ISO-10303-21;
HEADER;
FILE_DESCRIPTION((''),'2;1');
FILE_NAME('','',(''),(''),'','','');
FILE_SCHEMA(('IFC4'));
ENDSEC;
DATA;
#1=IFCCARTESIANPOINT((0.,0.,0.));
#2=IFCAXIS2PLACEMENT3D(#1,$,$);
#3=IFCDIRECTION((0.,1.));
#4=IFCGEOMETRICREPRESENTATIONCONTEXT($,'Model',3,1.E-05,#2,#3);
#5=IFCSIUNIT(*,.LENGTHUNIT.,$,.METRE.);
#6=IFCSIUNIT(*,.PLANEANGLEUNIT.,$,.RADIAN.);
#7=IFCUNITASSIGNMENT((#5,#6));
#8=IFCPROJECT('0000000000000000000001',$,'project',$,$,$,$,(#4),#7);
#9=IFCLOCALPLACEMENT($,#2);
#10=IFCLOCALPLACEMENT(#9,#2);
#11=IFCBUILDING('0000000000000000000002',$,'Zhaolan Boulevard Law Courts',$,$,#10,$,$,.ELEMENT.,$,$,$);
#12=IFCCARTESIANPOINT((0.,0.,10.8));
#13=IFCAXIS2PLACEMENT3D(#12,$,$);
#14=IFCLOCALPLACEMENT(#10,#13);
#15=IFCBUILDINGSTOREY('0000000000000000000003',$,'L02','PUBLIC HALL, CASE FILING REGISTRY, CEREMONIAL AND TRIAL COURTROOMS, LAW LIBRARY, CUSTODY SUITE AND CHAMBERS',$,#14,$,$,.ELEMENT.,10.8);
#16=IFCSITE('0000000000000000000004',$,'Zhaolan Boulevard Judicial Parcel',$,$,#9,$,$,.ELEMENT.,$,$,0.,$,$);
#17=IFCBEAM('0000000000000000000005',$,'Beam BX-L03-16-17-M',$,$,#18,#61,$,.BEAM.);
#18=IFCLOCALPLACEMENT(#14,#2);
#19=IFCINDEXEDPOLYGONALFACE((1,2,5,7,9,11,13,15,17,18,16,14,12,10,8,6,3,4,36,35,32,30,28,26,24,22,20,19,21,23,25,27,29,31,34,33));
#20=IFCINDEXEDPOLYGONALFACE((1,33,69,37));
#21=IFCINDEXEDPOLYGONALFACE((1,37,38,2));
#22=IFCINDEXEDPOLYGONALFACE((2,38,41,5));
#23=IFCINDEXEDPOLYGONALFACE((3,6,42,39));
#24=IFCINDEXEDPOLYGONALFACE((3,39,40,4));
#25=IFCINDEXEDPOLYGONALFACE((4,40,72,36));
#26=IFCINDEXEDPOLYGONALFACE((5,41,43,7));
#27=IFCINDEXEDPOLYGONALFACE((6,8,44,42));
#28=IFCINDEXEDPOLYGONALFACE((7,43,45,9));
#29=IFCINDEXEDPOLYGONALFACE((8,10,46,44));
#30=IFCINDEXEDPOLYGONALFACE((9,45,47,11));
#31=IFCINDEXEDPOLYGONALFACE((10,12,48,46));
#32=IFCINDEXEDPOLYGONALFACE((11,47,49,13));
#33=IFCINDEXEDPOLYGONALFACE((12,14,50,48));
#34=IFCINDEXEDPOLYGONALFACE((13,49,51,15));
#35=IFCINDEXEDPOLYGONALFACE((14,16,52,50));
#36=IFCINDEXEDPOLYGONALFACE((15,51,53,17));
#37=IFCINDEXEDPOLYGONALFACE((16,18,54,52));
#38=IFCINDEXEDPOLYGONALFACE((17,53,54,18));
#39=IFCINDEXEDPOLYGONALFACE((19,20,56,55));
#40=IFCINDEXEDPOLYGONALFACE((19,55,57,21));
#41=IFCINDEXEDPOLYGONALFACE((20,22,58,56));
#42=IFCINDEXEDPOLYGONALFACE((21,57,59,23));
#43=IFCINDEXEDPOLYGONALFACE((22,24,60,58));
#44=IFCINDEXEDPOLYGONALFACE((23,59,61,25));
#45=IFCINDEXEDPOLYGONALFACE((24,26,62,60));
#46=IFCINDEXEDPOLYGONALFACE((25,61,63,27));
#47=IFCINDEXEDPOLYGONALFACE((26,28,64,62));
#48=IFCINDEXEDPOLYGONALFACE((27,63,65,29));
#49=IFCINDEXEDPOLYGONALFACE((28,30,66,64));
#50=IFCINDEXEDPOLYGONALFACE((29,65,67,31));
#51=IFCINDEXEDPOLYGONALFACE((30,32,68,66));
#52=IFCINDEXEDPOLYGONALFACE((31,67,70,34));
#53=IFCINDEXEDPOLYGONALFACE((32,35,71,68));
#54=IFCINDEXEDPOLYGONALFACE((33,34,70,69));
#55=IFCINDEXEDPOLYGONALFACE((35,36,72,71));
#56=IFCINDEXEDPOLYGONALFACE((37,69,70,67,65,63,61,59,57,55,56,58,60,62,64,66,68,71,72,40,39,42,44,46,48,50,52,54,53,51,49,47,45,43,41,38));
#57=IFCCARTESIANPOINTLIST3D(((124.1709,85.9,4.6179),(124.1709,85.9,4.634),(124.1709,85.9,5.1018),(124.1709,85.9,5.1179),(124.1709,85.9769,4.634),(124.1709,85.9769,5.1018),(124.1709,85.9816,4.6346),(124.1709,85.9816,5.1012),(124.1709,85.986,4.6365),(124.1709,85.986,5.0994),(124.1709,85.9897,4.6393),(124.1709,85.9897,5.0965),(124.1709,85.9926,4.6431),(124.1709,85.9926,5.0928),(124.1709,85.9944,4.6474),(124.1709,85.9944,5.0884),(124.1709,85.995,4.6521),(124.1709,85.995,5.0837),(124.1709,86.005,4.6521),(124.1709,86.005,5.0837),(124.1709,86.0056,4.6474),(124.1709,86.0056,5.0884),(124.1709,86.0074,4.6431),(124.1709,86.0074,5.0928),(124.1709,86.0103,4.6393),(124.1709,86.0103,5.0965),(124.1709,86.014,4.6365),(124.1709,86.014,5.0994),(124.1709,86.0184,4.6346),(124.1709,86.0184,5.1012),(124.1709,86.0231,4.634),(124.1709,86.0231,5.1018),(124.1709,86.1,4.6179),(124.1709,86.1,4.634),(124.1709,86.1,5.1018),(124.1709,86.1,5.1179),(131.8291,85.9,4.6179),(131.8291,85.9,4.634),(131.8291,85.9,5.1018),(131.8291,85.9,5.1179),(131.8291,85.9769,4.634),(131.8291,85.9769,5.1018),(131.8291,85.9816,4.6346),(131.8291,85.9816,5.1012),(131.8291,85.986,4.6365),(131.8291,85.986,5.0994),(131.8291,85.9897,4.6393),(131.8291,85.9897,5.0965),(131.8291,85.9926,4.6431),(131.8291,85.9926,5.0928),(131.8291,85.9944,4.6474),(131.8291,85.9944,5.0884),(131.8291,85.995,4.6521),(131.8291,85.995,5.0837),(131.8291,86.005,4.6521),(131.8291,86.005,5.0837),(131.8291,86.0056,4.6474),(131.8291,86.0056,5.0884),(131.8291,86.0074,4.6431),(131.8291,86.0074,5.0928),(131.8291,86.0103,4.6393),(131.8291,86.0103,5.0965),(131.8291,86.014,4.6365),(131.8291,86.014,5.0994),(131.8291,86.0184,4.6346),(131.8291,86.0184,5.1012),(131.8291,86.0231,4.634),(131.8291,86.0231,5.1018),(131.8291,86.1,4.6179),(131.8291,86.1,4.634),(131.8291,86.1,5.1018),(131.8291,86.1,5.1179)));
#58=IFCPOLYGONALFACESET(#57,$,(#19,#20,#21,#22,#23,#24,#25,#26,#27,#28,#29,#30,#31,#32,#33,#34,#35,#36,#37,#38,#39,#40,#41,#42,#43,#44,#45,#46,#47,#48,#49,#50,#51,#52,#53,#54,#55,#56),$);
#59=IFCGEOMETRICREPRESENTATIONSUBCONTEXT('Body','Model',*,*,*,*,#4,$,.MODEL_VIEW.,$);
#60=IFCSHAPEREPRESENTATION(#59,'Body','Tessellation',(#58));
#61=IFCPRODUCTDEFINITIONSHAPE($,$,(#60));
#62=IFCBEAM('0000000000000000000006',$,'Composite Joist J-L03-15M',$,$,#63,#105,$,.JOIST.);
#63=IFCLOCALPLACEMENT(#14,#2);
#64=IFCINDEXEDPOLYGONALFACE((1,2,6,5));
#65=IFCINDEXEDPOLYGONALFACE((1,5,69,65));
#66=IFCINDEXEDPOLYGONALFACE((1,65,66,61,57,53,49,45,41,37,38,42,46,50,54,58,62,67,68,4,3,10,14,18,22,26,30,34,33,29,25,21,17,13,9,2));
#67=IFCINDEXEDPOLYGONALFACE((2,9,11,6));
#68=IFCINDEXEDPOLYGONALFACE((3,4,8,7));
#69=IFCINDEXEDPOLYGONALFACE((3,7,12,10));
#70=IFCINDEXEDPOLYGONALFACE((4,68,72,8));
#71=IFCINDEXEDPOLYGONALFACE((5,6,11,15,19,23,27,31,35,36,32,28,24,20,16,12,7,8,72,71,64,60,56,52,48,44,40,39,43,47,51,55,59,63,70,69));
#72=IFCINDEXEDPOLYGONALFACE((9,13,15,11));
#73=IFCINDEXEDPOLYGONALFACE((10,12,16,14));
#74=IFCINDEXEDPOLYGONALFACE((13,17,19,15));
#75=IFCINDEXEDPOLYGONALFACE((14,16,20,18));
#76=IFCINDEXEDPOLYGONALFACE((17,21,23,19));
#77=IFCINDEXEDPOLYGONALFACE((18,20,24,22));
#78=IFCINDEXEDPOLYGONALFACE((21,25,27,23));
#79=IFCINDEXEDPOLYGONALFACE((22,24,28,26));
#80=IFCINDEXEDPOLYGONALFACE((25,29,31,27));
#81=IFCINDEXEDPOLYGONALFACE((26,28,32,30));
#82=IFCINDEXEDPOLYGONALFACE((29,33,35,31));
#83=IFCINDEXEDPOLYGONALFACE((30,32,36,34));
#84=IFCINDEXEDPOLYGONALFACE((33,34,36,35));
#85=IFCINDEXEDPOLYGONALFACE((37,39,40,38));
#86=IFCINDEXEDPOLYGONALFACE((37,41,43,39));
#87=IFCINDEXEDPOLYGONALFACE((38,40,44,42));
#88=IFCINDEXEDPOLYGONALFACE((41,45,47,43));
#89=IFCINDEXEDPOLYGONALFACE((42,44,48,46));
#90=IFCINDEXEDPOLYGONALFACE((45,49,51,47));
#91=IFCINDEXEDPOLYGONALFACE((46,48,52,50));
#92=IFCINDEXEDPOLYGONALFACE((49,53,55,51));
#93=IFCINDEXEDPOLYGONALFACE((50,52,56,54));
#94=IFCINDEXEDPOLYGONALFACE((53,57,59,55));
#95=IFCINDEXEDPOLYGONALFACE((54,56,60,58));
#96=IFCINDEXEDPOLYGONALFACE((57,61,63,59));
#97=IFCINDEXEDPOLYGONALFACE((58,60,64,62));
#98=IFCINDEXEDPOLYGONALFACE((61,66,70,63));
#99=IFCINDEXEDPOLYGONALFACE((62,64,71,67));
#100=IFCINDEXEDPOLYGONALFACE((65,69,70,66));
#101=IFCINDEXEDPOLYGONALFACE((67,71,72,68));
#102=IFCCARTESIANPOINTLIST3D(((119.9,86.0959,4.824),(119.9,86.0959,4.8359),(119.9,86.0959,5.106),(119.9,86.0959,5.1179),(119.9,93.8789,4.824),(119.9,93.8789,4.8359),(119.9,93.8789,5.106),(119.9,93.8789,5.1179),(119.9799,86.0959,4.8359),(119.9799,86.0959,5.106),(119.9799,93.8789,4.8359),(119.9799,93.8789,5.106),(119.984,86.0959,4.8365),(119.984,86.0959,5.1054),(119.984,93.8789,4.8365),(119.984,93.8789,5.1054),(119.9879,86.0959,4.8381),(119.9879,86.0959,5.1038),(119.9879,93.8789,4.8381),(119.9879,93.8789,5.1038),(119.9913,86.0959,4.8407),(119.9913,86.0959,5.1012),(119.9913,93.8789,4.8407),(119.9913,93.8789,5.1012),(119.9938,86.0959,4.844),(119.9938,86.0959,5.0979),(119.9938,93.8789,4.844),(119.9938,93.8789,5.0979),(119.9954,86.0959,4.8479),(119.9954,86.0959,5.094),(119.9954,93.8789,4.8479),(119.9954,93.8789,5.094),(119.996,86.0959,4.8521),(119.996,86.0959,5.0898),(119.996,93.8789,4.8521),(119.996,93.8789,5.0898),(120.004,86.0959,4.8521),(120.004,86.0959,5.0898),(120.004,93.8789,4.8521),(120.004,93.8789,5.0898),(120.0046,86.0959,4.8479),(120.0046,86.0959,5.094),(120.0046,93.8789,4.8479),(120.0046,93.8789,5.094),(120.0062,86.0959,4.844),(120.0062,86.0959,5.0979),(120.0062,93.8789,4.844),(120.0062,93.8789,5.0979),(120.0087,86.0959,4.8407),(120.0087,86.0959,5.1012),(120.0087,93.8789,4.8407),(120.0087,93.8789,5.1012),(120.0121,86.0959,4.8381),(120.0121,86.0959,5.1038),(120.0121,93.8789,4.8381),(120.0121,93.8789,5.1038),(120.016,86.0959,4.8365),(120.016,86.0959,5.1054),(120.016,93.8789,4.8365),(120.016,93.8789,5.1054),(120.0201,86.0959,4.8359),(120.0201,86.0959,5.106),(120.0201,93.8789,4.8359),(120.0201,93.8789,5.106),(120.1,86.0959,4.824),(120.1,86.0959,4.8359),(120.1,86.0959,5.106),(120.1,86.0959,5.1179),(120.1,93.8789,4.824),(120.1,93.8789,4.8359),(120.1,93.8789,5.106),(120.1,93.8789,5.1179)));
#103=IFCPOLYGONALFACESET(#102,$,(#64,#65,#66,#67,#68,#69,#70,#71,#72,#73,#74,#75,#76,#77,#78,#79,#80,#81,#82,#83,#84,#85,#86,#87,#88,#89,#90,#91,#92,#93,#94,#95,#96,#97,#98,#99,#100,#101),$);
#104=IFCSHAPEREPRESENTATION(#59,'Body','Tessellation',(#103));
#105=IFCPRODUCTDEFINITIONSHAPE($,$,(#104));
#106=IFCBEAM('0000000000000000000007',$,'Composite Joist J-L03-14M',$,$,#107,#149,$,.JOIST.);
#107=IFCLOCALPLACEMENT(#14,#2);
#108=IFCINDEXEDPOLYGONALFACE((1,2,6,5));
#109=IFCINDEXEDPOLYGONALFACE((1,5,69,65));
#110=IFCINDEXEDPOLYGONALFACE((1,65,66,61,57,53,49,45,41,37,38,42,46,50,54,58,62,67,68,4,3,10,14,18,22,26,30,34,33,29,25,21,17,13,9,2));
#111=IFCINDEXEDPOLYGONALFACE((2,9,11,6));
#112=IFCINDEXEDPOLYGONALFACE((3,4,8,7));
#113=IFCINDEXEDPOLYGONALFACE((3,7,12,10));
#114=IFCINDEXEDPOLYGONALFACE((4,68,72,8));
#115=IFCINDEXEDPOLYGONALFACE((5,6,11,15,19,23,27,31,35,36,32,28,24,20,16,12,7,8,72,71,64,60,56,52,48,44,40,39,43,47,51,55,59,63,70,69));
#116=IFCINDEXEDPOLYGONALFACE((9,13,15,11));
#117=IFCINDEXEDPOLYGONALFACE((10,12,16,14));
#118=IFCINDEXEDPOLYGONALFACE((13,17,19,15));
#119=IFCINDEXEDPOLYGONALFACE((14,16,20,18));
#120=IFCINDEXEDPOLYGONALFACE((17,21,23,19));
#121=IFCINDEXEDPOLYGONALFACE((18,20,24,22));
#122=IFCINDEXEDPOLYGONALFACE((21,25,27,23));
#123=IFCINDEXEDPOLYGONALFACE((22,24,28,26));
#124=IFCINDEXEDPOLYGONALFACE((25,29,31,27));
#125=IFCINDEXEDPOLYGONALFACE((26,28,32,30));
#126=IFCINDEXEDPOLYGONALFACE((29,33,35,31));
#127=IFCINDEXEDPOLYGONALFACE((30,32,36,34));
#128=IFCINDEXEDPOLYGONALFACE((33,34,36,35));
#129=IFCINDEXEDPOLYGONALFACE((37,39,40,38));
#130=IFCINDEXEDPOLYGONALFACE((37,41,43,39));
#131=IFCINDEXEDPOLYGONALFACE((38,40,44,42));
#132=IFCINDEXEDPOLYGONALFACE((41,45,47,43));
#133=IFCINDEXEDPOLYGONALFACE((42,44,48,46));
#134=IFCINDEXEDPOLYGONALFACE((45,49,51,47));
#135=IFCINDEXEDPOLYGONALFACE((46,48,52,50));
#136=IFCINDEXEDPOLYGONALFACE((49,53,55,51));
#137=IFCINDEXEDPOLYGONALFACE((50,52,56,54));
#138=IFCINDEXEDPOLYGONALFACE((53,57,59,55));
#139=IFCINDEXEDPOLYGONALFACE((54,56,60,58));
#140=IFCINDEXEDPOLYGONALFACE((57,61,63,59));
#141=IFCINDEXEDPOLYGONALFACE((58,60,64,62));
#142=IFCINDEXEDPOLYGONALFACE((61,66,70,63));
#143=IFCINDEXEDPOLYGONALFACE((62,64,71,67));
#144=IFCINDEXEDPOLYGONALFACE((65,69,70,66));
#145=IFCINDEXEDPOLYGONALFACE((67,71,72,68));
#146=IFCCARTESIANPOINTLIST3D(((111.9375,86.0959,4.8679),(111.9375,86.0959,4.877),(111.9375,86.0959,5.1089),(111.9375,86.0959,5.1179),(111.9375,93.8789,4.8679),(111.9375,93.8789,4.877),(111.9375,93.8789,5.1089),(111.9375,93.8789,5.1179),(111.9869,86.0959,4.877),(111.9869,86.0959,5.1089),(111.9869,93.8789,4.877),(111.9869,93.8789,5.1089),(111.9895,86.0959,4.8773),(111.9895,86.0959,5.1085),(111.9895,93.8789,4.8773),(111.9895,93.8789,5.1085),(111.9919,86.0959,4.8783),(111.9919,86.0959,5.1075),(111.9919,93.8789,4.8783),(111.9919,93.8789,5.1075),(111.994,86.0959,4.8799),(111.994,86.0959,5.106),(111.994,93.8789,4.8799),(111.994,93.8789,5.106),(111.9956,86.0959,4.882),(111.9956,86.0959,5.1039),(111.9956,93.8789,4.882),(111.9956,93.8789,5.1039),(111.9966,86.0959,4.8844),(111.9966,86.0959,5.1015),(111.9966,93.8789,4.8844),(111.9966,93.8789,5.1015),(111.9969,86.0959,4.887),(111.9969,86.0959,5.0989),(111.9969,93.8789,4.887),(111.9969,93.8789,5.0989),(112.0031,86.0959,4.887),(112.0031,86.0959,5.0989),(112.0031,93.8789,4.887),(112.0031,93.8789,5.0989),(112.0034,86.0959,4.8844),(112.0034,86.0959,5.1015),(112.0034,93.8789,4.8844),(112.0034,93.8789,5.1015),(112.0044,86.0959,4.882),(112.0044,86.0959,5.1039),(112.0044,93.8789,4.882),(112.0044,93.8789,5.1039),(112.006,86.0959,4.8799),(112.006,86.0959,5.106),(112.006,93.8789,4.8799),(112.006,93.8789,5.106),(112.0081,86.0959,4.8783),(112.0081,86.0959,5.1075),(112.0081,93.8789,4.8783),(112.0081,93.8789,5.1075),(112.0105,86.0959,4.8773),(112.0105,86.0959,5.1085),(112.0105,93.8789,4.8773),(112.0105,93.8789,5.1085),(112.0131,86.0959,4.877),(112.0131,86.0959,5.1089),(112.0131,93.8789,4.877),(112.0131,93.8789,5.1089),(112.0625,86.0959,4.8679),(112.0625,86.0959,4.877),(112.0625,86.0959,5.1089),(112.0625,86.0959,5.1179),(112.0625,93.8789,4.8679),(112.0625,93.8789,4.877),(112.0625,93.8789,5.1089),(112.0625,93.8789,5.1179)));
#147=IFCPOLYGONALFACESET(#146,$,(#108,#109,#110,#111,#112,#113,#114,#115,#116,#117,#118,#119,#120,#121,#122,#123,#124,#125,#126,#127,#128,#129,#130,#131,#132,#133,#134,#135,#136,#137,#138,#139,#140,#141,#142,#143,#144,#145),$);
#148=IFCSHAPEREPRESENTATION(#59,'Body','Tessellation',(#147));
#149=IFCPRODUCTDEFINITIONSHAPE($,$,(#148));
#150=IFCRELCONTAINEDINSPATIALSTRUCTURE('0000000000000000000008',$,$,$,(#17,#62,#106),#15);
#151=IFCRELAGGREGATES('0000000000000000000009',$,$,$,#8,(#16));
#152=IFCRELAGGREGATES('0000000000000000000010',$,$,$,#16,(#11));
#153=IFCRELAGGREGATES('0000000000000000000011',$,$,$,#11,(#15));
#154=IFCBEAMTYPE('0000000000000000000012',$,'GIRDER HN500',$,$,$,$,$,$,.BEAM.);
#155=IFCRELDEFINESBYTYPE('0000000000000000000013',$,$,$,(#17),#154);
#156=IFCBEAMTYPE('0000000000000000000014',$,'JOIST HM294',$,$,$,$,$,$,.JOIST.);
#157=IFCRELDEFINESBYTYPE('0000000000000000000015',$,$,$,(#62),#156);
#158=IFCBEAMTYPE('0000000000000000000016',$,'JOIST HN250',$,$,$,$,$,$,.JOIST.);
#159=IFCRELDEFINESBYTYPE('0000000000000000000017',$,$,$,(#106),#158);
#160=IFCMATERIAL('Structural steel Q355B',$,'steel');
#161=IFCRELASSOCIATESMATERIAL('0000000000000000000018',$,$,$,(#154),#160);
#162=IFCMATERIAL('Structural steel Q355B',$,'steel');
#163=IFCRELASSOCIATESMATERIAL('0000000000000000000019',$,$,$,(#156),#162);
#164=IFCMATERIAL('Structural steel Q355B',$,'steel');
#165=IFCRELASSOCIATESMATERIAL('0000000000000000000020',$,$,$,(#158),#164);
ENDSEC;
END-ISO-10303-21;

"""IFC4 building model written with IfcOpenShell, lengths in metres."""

from ifc_helpers import new_model, si_unit, direction, frame, origin, origin_2d, place, context, subcontext, project, spatial, i_section, extrude, material, material_profile, profile_set, type_object, element, save


model = new_model("IFC4")

# Units and contexts
model_context = context("Model", 3, precision=1e-05, world=origin(), true_north=direction((0.0, 1.0)))
body_context = subcontext(model_context, "Body", "Model", "MODEL_VIEW")
ifc_project = project(units=[si_unit("LENGTHUNIT", "METRE"), si_unit("PLANEANGLEUNIT", "RADIAN")], contexts=[model_context])

# Site, building, storey
site_placement = place(None, origin())
site = spatial("IfcSite", under=ifc_project, at=site_placement, Name="Zhaolan Boulevard Judicial Parcel", CompositionType="ELEMENT", RefElevation=0.0)
building_placement = place(site_placement, origin())
building = spatial("IfcBuilding", under=site, at=building_placement, Name="Zhaolan Boulevard Law Courts", CompositionType="ELEMENT")
storey_placement = place(building_placement, frame((0.0, 0.0, 10.8)))
storey = spatial("IfcBuildingStorey", under=building, at=storey_placement, Name="L02", Description="PUBLIC HALL, CASE FILING REGISTRY, CEREMONIAL AND TRIAL COURTROOMS, LAW LIBRARY, CUSTODY SUITE AND CHAMBERS", CompositionType="ELEMENT", Elevation=10.8)

# Beams
ifc_material_1 = material(Name="Structural steel Q355B", Category="steel")
ifc_material_profile_1 = material_profile(ifc_material_1, i_section(OverallWidth=0.2, OverallDepth=0.5, WebThickness=0.01, FlangeThickness=0.0161, FilletRadius=0.0181, at=origin_2d()), Name="HN500x200")
ifc_profile_set_1 = profile_set([ifc_material_profile_1], Name="Structural steel Q355B")
beam_type_1 = type_object("IfcBeamType", Name="GIRDER HN500", PredefinedType="BEAM", material=ifc_profile_set_1)
for number, where, z_axis, x_axis, name in (
    (1, (124.1709, 86.0, 4.8679), (1.0, 0.0, 0.0), (0.0, 1.0, 0.0), "Beam BX-L03-16-17-M"),
):
    element("IfcBeam", number, at=place(storey_placement, frame(where, z_axis=z_axis, x_axis=x_axis)), inside=storey, type_object=beam_type_1, Name=name, PredefinedType="BEAM", context=body_context, shape_type="SweptSolid", body=[
        extrude(i_section(OverallWidth=0.2, OverallDepth=0.5, WebThickness=0.01, FlangeThickness=0.0161, FilletRadius=0.0181, at=origin_2d()), origin(), (0.0, 0.0, 1.0), 7.6582),
    ])
ifc_material_2 = material(Name="Structural steel Q355B", Category="steel")
ifc_material_profile_2 = material_profile(ifc_material_2, i_section(OverallWidth=0.2, OverallDepth=0.2939, WebThickness=0.0081, FlangeThickness=0.012, FilletRadius=0.0161, at=origin_2d()), Name="HM294x200")
ifc_profile_set_2 = profile_set([ifc_material_profile_2], Name="Structural steel Q355B")
beam_type_2 = type_object("IfcBeamType", Name="JOIST HM294", PredefinedType="JOIST", material=ifc_profile_set_2)
beam_1_placement = place(storey_placement, frame((120.0, 86.0959, 4.9709), z_axis=(0.0, 1.0, 0.0), x_axis=(-1.0, 0.0, 0.0)))
element("IfcBeam", 2, at=beam_1_placement, inside=storey, type_object=beam_type_2, Name="Composite Joist J-L03-15M", PredefinedType="JOIST", context=body_context, shape_type="SweptSolid", body=[
    extrude(i_section(OverallWidth=0.2, OverallDepth=0.2939, WebThickness=0.0081, FlangeThickness=0.012, FilletRadius=0.0161, at=origin_2d()), origin(), (0.0, 0.0, 1.0), 7.783),
])
ifc_material_3 = material(Name="Structural steel Q355B", Category="steel")
ifc_material_profile_3 = material_profile(ifc_material_3, i_section(OverallWidth=0.125, OverallDepth=0.25, WebThickness=0.0061, FlangeThickness=0.009, FilletRadius=0.01, at=origin_2d()), Name="HN250x125")
ifc_profile_set_3 = profile_set([ifc_material_profile_3], Name="Structural steel Q355B")
beam_type_3 = type_object("IfcBeamType", Name="JOIST HN250", PredefinedType="JOIST", material=ifc_profile_set_3)
beam_2_placement = place(storey_placement, frame((112.0, 86.0959, 4.9929), z_axis=(0.0, 1.0, 0.0), x_axis=(-1.0, 0.0, 0.0)))
element("IfcBeam", 3, at=beam_2_placement, inside=storey, type_object=beam_type_3, Name="Composite Joist J-L03-14M", PredefinedType="JOIST", context=body_context, shape_type="SweptSolid", body=[
    extrude(i_section(OverallWidth=0.125, OverallDepth=0.25, WebThickness=0.0061, FlangeThickness=0.009, FilletRadius=0.01, at=origin_2d()), origin(), (0.0, 0.0, 1.0), 7.783),
])

save(model, "model.ifc")
